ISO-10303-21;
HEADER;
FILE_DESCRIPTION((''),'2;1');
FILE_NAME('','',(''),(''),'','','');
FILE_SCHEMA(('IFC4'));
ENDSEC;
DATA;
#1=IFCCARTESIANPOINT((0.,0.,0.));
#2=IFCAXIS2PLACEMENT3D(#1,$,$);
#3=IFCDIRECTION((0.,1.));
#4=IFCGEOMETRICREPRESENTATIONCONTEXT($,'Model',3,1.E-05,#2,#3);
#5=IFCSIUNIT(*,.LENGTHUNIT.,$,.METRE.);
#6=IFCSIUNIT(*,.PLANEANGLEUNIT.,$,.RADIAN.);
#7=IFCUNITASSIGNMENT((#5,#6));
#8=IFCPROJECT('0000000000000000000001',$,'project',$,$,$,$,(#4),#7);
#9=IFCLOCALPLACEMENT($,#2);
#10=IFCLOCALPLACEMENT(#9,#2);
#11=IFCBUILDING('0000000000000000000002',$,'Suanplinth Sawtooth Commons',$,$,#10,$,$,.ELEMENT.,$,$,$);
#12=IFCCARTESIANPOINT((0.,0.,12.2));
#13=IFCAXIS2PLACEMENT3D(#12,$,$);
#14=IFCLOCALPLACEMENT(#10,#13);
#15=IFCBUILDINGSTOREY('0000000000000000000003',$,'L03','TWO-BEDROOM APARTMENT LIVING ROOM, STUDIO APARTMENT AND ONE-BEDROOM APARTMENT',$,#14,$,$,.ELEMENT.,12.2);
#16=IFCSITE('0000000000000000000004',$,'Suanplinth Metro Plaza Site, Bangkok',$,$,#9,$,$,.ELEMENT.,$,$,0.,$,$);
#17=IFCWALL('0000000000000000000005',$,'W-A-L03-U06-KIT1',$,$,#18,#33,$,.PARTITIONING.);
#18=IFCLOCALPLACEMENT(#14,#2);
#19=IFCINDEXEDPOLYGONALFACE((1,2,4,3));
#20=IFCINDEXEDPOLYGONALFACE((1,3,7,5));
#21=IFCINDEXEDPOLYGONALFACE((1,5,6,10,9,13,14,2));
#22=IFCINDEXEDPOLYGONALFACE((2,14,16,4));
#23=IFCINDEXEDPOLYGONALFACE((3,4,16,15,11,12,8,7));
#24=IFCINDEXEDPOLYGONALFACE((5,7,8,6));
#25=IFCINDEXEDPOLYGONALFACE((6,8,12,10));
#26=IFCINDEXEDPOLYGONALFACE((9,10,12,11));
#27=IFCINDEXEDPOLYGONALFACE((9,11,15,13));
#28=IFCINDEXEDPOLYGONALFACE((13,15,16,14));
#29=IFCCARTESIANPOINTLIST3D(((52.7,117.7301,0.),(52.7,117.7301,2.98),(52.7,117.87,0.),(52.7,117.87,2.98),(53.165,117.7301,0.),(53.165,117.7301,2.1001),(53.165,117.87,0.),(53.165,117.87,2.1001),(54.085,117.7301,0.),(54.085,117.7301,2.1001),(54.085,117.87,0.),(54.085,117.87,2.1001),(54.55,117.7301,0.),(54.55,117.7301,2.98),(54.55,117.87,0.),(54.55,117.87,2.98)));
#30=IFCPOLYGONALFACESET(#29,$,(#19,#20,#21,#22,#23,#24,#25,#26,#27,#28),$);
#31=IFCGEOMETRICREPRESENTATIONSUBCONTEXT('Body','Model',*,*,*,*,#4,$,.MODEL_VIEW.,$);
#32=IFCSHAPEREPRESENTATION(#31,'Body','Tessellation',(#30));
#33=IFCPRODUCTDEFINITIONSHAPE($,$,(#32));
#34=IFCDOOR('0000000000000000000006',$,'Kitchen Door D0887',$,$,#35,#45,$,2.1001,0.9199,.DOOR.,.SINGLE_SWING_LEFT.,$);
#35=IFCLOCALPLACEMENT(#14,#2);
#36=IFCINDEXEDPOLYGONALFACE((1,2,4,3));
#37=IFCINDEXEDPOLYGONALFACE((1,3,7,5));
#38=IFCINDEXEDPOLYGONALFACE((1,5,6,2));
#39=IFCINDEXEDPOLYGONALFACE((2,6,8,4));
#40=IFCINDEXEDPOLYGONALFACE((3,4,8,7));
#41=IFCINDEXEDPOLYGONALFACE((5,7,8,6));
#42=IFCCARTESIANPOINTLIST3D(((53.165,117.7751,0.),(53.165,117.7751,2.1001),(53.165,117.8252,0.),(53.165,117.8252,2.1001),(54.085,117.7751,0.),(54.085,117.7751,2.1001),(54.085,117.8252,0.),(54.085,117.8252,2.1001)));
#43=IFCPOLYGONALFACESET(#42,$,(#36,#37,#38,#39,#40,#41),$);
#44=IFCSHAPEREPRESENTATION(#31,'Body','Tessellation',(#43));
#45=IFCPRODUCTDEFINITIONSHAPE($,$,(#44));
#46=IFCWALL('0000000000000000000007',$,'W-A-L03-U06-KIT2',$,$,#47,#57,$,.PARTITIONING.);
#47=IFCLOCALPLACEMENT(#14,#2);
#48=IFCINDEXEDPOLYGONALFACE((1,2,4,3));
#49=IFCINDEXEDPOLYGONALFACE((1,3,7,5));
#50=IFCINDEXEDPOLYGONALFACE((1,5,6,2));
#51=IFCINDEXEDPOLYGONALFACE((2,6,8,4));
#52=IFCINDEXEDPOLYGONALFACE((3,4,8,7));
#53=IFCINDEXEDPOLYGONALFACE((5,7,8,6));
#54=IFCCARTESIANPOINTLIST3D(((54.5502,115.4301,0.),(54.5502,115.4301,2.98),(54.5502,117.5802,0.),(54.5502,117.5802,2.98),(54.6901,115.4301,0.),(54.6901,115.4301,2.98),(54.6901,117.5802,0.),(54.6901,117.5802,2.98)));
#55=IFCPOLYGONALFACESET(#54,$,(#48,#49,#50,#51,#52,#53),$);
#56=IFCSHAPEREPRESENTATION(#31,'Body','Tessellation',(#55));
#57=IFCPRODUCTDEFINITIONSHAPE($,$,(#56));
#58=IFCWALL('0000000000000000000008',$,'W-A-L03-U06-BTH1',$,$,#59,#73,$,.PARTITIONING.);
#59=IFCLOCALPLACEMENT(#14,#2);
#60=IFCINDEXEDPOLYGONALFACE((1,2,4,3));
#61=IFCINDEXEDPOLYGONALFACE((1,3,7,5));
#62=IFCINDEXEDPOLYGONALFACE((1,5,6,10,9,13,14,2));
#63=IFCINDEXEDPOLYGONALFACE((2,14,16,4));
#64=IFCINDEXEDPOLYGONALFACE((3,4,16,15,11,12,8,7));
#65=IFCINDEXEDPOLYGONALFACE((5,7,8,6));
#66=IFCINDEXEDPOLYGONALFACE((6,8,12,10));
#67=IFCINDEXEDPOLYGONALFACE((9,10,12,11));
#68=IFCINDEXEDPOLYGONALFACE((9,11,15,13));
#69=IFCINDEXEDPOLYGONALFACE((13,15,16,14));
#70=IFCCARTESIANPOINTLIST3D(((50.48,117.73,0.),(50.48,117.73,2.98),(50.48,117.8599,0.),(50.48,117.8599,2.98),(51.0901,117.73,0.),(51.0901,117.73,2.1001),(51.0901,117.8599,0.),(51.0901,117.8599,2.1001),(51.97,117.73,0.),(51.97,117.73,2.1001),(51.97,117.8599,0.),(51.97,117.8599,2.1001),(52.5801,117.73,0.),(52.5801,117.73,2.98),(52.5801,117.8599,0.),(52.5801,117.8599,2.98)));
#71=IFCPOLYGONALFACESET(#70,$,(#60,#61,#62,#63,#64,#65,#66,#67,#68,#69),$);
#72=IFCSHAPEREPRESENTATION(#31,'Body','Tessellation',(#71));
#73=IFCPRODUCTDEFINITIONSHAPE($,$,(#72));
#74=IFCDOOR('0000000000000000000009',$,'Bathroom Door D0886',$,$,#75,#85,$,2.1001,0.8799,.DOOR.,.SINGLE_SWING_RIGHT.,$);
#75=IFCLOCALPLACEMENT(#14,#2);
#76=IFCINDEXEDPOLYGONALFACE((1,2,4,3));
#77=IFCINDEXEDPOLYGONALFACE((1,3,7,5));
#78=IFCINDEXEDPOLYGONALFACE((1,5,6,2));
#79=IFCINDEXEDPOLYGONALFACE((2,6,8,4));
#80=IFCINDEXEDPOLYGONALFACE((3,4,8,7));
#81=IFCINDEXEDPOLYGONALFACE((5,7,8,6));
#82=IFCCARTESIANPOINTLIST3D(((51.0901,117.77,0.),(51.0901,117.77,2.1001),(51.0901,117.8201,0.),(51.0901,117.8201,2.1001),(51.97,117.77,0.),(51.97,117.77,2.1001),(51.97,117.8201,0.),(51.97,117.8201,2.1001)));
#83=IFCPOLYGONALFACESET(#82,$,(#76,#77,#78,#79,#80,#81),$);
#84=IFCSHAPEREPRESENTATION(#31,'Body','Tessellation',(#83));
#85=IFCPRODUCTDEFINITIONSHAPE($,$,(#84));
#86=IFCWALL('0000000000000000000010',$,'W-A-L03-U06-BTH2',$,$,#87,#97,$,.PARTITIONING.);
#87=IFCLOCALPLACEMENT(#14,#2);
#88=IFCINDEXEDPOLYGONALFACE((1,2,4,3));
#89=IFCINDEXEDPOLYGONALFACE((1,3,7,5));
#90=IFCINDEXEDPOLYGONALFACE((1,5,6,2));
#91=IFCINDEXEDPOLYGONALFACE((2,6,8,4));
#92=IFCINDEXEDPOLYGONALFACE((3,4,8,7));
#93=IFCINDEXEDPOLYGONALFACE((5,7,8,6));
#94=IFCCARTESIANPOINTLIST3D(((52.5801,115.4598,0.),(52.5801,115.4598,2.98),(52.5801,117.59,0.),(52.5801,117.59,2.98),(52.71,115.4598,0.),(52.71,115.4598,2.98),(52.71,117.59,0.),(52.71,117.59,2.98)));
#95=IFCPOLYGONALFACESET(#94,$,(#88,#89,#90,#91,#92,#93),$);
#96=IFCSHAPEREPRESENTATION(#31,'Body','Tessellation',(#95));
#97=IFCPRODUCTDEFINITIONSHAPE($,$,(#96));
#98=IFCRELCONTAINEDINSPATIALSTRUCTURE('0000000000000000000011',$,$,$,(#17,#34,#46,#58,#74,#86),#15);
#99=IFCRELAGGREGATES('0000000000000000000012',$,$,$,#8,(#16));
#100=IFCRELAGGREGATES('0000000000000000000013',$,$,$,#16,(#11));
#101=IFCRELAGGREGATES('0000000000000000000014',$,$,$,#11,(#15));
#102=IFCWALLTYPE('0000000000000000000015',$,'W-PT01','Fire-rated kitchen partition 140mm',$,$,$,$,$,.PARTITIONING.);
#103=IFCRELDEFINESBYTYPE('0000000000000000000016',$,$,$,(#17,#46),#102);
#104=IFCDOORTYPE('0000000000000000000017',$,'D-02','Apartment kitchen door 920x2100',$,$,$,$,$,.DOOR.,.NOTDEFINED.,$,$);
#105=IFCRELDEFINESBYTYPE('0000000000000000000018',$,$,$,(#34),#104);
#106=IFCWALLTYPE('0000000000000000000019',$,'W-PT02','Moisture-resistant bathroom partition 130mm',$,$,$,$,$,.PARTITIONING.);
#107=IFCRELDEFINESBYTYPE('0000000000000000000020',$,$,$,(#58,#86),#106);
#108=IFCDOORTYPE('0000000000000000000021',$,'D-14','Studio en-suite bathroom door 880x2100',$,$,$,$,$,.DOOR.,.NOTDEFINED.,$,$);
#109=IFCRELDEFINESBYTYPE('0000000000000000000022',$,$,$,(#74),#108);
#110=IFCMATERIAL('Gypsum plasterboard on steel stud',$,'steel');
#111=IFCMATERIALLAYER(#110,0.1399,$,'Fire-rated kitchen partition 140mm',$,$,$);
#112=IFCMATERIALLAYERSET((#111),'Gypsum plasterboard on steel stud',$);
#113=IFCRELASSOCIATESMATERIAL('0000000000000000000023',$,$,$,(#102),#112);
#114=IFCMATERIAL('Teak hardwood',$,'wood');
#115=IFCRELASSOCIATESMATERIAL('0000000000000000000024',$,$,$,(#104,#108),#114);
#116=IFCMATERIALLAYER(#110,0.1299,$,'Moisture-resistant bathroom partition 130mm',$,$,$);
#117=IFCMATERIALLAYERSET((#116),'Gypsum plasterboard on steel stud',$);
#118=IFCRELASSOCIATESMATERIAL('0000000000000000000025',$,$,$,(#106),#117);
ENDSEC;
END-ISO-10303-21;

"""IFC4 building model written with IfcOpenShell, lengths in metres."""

from ifc_helpers import new_model, si_unit, direction, frame, frame_2d, origin, place, context, subcontext, project, spatial, rectangle, extrude, material, layer, layer_set, type_object, element, fill, save


model = new_model("IFC4")

# Units and contexts
model_context = context("Model", 3, precision=1e-05, world=origin(), true_north=direction((0.0, 1.0)))
body_context = subcontext(model_context, "Body", "Model", "MODEL_VIEW")
ifc_project = project(units=[si_unit("LENGTHUNIT", "METRE"), si_unit("PLANEANGLEUNIT", "RADIAN")], contexts=[model_context])

# Site, building, storey
site_placement = place(None, origin())
site = spatial("IfcSite", under=ifc_project, at=site_placement, Name="Suanplinth Metro Plaza Site, Bangkok", CompositionType="ELEMENT", RefElevation=0.0)
building_placement = place(site_placement, origin())
building = spatial("IfcBuilding", under=site, at=building_placement, Name="Suanplinth Sawtooth Commons", CompositionType="ELEMENT")
storey_placement = place(building_placement, frame((0.0, 0.0, 12.2)))
storey = spatial("IfcBuildingStorey", under=building, at=storey_placement, Name="L03", Description="TWO-BEDROOM APARTMENT LIVING ROOM, STUDIO APARTMENT AND ONE-BEDROOM APARTMENT", CompositionType="ELEMENT", Elevation=12.2)

# Wall, opening, door
ifc_material_1 = material(Name="Gypsum plasterboard on steel stud", Category="steel")
ifc_layer_1 = layer(ifc_material_1, 0.1399, Name="Fire-rated kitchen partition 140mm")
ifc_layer_set_1 = layer_set([ifc_layer_1], Name="Gypsum plasterboard on steel stud")
wall_type_1 = type_object("IfcWallType", Name="W-PT01", Description="Fire-rated kitchen partition 140mm", PredefinedType="PARTITIONING", material=ifc_layer_set_1)
wall_1_placement = place(storey_placement, frame((52.7, 117.8, 0.0), z_axis=(0.0, 0.0, 1.0), x_axis=(1.0, 0.0, 0.0)))
wall_1 = element("IfcWall", 1, at=wall_1_placement, inside=storey, type_object=wall_type_1, Name="W-A-L03-U06-KIT1", PredefinedType="PARTITIONING", context=body_context, shape_type="SweptSolid", body=[
    extrude(rectangle(XDim=1.8501, YDim=0.1399, at=frame_2d((0.925, 0.0))), origin(), (0.0, 0.0, 1.0), 2.98),
])
opening_1_placement = place(wall_1_placement, frame((0.4651, 0.0, 0.0)))
opening_1 = element("IfcOpeningElement", 2, at=opening_1_placement, cuts=wall_1, PredefinedType="OPENING", context=body_context, shape_type="SweptSolid", body=[
    extrude(rectangle(XDim=0.9199, YDim=2.1001, at=frame_2d((0.46, 1.05))), frame((0.0, 0.085, 0.0), z_axis=(0.0, -1.0, 0.0), x_axis=(1.0, 0.0, 0.0)), (0.0, 0.0, 1.0), 0.1697),
])
ifc_material_2 = material(Name="Teak hardwood", Category="wood")
door_type_1 = type_object("IfcDoorType", Name="D-02", Description="Apartment kitchen door 920x2100", OperationType="NOTDEFINED", PredefinedType="DOOR", material=ifc_material_2)
door_1_placement = place(opening_1_placement, frame((0.9199, 0.0, 0.0), z_axis=(0.0, 0.0, 1.0), x_axis=(-1.0, 0.0, 0.0)))
door_1 = element("IfcDoor", 3, at=door_1_placement, inside=storey, type_object=door_type_1, Name="Kitchen Door D0887", OperationType="SINGLE_SWING_LEFT", OverallHeight=2.1001, OverallWidth=0.9199, PredefinedType="DOOR", context=body_context, shape_type="SweptSolid", body=[
    extrude(rectangle(XDim=0.9199, YDim=2.1001, at=frame_2d((0.46, 1.05))), frame((0.0, 0.0249, 0.0), z_axis=(0.0, -1.0, 0.0), x_axis=(1.0, 0.0, 0.0)), (0.0, 0.0, 1.0), 0.05),
])
fill(opening_1, door_1)

# Wall
wall_2_placement = place(storey_placement, frame((54.6201, 115.4299, 0.0), z_axis=(0.0, 0.0, 1.0), x_axis=(0.0, 1.0, 0.0)))
element("IfcWall", 4, at=wall_2_placement, inside=storey, type_object=wall_type_1, Name="W-A-L03-U06-KIT2", PredefinedType="PARTITIONING", context=body_context, shape_type="SweptSolid", body=[
    extrude(rectangle(XDim=2.1501, YDim=0.1399, at=frame_2d((1.0752, 0.0))), origin(), (0.0, 0.0, 1.0), 2.98),
])

# Wall, opening, door
ifc_layer_2 = layer(ifc_material_1, 0.1299, Name="Moisture-resistant bathroom partition 130mm")
ifc_layer_set_2 = layer_set([ifc_layer_2], Name="Gypsum plasterboard on steel stud")
wall_type_2 = type_object("IfcWallType", Name="W-PT02", Description="Moisture-resistant bathroom partition 130mm", PredefinedType="PARTITIONING", material=ifc_layer_set_2)
wall_3_placement = place(storey_placement, frame((50.48, 117.7949, 0.0), z_axis=(0.0, 0.0, 1.0), x_axis=(1.0, 0.0, 0.0)))
wall_3 = element("IfcWall", 5, at=wall_3_placement, inside=storey, type_object=wall_type_2, Name="W-A-L03-U06-BTH1", PredefinedType="PARTITIONING", context=body_context, shape_type="SweptSolid", body=[
    extrude(rectangle(XDim=2.1001, YDim=0.1299, at=frame_2d((1.05, 0.0))), origin(), (0.0, 0.0, 1.0), 2.98),
])
opening_2_placement = place(wall_3_placement, frame((0.6101, 0.0, 0.0)))
opening_2 = element("IfcOpeningElement", 6, at=opening_2_placement, cuts=wall_3, PredefinedType="OPENING", context=body_context, shape_type="SweptSolid", body=[
    extrude(rectangle(XDim=0.8799, YDim=2.1001, at=frame_2d((0.4399, 1.05))), frame((0.0, 0.0798, 0.0), z_axis=(0.0, -1.0, 0.0), x_axis=(1.0, 0.0, 0.0)), (0.0, 0.0, 1.0), 0.1597),
])
door_type_2 = type_object("IfcDoorType", Name="D-14", Description="Studio en-suite bathroom door 880x2100", OperationType="NOTDEFINED", PredefinedType="DOOR", material=ifc_material_2)
door_2_placement = place(opening_2_placement, frame((0.8799, 0.0, 0.0), z_axis=(0.0, 0.0, 1.0), x_axis=(-1.0, 0.0, 0.0)))
door_2 = element("IfcDoor", 7, at=door_2_placement, inside=storey, type_object=door_type_2, Name="Bathroom Door D0886", OperationType="SINGLE_SWING_RIGHT", OverallHeight=2.1001, OverallWidth=0.8799, PredefinedType="DOOR", context=body_context, shape_type="SweptSolid", body=[
    extrude(rectangle(XDim=0.8799, YDim=2.1001, at=frame_2d((0.4399, 1.05))), frame((0.0, 0.0249, 0.0), z_axis=(0.0, -1.0, 0.0), x_axis=(1.0, 0.0, 0.0)), (0.0, 0.0, 1.0), 0.05),
])
fill(opening_2, door_2)

# Wall
wall_4_placement = place(storey_placement, frame((52.645, 115.46, 0.0), z_axis=(0.0, 0.0, 1.0), x_axis=(0.0, 1.0, 0.0)))
element("IfcWall", 8, at=wall_4_placement, inside=storey, type_object=wall_type_2, Name="W-A-L03-U06-BTH2", PredefinedType="PARTITIONING", context=body_context, shape_type="SweptSolid", body=[
    extrude(rectangle(XDim=2.1301, YDim=0.1299, at=frame_2d((1.0649, 0.0))), origin(), (0.0, 0.0, 1.0), 2.98),
])

save(model, "model.ifc")
